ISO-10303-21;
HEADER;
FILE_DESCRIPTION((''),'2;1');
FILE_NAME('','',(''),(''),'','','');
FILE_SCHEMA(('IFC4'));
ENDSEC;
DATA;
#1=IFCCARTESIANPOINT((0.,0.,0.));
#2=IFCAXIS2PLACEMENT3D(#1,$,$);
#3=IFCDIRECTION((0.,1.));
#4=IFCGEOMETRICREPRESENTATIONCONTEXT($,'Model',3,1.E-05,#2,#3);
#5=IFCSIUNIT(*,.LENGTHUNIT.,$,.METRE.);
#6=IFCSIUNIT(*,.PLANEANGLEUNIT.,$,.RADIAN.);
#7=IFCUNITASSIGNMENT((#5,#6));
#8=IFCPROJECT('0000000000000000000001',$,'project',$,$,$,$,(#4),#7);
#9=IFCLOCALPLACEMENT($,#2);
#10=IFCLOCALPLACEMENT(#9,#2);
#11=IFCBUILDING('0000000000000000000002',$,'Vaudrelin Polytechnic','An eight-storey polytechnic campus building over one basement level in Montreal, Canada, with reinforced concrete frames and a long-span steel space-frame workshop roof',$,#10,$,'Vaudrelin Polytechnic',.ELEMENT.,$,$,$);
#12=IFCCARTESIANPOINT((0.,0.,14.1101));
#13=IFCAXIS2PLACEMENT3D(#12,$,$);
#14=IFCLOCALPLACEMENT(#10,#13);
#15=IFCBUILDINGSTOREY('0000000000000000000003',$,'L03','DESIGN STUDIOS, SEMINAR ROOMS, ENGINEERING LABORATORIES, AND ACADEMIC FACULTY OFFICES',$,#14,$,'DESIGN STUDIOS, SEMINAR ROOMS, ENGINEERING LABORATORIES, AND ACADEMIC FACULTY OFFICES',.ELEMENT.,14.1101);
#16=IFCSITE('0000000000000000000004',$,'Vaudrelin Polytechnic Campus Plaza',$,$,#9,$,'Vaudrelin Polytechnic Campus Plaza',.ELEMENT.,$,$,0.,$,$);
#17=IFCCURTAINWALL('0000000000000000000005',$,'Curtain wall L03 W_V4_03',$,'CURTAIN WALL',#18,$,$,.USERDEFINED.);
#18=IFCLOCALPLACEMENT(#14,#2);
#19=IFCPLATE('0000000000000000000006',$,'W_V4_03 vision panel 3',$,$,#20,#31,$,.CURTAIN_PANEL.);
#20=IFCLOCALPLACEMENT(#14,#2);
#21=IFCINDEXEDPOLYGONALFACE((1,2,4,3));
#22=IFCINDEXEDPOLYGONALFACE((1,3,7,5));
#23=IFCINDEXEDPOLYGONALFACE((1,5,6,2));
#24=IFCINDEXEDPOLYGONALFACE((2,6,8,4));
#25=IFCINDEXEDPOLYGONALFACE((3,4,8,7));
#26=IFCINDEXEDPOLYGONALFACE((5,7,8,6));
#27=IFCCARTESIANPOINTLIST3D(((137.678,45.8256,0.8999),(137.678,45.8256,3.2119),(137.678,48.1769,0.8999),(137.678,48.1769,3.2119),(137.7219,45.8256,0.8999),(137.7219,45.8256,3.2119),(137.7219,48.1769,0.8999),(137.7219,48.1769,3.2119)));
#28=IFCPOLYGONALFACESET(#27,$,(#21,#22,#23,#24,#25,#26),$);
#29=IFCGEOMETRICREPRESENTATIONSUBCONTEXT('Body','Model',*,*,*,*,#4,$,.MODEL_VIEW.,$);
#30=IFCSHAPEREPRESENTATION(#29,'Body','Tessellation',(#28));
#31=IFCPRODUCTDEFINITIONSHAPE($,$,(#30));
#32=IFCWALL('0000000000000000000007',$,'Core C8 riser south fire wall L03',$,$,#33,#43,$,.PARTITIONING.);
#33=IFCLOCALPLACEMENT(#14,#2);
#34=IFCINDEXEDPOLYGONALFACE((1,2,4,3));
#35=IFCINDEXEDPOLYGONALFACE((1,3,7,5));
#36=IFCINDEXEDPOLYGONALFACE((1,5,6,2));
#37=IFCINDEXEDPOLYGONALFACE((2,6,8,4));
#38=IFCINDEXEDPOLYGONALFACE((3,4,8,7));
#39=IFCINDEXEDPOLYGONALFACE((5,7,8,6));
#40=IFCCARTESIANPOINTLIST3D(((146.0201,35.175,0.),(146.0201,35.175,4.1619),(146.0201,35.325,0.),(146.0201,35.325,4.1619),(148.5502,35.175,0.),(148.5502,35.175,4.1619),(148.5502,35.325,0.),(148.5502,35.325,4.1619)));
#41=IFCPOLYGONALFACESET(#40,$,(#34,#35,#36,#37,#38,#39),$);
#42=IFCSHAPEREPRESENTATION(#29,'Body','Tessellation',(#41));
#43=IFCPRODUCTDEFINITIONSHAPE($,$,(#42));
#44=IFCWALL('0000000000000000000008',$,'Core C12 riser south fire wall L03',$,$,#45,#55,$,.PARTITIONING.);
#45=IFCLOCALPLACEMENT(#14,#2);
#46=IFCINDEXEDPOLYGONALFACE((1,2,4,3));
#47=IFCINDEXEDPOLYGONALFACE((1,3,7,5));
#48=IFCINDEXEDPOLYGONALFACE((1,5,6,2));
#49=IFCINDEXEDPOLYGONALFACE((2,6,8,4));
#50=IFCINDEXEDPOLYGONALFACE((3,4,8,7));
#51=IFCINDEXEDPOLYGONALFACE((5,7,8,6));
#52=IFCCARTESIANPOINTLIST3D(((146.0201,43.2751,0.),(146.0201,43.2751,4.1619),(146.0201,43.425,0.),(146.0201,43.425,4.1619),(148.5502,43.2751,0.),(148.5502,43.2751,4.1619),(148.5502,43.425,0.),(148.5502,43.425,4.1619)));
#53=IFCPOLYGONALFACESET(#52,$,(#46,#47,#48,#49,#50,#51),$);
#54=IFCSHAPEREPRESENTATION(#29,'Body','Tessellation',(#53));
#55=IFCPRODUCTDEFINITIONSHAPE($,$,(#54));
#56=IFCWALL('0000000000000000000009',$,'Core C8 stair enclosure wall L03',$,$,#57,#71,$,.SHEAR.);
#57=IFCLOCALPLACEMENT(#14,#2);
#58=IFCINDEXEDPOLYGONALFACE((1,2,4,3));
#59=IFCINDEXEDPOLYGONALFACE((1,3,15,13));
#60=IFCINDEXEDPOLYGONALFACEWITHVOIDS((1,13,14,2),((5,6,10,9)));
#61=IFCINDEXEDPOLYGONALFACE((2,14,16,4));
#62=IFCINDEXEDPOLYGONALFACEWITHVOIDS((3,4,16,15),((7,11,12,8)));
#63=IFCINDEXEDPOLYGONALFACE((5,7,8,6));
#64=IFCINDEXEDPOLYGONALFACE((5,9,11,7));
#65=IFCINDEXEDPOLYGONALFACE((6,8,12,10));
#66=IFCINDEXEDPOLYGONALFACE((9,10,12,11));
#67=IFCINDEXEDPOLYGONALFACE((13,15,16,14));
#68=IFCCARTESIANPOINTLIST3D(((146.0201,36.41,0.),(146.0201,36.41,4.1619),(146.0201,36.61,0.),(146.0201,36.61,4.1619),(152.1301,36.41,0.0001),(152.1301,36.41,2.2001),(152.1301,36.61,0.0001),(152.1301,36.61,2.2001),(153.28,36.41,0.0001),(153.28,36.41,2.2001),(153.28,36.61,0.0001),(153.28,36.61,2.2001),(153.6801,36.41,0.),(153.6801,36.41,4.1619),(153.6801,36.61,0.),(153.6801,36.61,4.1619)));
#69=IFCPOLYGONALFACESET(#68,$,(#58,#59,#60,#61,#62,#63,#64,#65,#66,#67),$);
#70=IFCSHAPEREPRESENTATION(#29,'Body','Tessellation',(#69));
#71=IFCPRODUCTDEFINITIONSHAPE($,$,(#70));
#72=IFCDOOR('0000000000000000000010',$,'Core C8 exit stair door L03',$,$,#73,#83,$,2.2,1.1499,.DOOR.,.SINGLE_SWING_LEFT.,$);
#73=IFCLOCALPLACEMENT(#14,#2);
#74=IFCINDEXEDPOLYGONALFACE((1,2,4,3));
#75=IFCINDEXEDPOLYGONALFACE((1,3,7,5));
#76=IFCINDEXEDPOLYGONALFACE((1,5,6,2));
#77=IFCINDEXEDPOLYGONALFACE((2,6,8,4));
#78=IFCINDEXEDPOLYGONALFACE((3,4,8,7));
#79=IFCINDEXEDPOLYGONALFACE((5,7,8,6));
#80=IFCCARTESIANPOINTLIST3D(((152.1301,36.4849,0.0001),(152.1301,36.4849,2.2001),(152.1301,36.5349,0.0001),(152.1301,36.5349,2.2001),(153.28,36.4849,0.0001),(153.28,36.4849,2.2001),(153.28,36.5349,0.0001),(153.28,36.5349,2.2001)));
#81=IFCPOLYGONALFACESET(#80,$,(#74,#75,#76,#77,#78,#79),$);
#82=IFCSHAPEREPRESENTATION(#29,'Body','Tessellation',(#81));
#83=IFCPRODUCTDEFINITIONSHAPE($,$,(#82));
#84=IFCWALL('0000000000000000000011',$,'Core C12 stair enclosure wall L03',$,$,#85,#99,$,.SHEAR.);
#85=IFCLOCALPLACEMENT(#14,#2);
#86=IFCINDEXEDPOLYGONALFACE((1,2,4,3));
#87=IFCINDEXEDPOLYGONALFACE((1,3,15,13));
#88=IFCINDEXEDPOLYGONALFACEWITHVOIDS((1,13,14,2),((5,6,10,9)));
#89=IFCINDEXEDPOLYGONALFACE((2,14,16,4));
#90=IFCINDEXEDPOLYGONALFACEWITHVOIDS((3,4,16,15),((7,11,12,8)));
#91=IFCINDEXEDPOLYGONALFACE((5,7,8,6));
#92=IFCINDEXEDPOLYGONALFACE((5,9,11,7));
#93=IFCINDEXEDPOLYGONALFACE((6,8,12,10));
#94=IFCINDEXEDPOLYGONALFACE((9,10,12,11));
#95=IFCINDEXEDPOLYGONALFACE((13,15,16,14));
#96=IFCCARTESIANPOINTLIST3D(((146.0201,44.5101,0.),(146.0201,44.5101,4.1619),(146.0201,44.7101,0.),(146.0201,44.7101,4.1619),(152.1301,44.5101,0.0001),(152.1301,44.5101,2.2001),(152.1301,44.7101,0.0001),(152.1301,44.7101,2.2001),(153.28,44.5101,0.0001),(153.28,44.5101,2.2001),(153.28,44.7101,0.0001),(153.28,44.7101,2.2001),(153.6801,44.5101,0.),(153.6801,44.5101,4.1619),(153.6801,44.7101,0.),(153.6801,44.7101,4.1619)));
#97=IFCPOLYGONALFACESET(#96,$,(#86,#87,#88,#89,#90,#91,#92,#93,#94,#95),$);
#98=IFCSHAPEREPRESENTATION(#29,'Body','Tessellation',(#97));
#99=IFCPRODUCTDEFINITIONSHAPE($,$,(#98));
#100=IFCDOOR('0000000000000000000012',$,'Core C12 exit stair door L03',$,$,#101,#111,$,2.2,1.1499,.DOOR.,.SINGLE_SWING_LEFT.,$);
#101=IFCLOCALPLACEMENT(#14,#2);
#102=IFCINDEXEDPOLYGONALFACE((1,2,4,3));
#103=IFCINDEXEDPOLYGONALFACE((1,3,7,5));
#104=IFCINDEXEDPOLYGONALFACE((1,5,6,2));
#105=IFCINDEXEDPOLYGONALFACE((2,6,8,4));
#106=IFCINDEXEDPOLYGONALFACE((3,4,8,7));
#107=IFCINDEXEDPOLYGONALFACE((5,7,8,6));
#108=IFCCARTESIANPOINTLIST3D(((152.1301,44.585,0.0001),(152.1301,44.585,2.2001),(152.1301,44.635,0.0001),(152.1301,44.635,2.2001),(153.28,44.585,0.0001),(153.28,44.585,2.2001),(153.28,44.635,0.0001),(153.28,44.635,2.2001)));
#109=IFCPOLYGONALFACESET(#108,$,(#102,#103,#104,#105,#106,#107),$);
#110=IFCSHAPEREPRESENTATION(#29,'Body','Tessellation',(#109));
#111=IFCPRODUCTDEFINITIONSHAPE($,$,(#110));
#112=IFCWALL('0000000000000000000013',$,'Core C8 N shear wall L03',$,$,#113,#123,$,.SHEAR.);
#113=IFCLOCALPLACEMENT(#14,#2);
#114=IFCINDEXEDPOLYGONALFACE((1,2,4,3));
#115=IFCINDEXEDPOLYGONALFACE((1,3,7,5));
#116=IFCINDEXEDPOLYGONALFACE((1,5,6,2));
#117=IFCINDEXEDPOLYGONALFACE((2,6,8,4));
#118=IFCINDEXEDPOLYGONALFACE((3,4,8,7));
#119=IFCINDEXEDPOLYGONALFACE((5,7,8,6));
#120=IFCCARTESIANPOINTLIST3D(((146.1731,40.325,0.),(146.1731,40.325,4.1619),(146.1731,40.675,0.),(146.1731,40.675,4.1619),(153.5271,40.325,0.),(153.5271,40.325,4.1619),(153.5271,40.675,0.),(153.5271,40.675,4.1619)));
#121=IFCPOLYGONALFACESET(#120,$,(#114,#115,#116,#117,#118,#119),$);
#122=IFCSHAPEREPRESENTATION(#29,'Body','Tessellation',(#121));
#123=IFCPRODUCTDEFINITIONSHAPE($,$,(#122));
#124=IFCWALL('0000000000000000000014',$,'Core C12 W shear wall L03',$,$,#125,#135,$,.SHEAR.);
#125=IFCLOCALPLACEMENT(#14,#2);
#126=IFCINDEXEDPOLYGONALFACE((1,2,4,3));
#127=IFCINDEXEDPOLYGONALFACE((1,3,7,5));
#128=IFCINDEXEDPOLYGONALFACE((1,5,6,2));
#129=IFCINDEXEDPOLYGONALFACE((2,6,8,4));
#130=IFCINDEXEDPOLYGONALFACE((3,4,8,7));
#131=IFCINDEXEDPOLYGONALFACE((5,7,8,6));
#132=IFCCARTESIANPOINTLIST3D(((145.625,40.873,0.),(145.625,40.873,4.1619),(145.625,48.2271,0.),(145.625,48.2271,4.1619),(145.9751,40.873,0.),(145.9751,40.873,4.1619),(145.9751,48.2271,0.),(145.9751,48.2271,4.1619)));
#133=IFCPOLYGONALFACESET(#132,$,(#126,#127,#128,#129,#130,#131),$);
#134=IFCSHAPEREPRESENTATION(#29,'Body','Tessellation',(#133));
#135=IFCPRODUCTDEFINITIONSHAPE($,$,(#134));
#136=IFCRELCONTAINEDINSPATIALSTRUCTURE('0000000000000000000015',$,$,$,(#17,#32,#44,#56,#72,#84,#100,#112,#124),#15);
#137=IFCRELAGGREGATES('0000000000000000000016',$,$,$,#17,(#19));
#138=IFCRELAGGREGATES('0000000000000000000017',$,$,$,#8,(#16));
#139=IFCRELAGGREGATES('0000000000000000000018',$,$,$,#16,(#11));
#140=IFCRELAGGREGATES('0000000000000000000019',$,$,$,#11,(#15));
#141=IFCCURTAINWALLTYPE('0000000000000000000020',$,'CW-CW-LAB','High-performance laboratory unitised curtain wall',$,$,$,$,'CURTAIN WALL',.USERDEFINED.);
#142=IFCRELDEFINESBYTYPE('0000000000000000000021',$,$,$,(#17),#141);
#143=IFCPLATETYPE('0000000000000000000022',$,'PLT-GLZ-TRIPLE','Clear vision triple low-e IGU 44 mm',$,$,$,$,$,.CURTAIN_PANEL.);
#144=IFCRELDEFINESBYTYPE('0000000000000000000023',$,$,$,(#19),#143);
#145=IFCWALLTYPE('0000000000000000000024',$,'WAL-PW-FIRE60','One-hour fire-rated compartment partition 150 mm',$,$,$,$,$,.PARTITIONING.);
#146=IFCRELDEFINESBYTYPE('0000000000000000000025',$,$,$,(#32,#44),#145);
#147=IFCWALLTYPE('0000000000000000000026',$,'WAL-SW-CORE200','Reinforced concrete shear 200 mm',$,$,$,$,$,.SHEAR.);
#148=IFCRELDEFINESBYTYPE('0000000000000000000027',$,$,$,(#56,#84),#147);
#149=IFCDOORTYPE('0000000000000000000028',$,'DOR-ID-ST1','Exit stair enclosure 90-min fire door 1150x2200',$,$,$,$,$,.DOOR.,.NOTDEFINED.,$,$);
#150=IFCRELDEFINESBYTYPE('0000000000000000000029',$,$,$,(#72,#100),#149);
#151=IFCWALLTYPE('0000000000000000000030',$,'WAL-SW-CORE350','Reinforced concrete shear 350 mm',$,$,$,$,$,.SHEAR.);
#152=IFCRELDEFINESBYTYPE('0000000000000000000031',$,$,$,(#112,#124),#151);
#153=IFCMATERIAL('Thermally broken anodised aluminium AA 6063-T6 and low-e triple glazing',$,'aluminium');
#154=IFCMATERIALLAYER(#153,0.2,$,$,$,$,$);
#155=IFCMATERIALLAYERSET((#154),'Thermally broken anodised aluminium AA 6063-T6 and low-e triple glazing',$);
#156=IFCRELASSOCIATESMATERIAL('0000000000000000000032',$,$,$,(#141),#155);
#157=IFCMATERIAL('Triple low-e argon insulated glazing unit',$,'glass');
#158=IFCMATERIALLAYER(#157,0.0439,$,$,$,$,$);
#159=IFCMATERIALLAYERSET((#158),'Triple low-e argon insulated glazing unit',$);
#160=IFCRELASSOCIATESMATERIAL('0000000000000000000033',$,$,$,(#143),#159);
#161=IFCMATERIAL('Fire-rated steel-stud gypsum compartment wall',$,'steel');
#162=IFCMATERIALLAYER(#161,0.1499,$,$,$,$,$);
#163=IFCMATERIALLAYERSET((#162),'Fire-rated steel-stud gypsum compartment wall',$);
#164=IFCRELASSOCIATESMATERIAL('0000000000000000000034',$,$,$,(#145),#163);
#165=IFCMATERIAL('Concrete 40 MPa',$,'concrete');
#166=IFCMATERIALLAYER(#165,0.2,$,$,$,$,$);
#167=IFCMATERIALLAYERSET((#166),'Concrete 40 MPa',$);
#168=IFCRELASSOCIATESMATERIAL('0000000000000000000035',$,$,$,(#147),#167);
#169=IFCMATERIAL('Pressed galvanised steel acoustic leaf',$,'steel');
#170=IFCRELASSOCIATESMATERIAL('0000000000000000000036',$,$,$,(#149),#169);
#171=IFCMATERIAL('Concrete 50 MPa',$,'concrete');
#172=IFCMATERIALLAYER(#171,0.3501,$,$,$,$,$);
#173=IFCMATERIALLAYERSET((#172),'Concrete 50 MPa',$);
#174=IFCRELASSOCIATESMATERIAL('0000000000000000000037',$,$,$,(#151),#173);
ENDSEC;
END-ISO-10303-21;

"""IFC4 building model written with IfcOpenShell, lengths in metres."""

from ifc_helpers import new_model, si_unit, direction, frame, frame_2d, origin, origin_2d, place, context, subcontext, project, spatial, rectangle, extrude, material, layer, layer_set, type_object, element, fill, aggregate, save


model = new_model("IFC4")

# Units and contexts
model_context = context("Model", 3, precision=1e-05, world=origin(), true_north=direction((0.0, 1.0)))
body_context = subcontext(model_context, "Body", "Model", "MODEL_VIEW")
ifc_project = project(units=[si_unit("LENGTHUNIT", "METRE"), si_unit("PLANEANGLEUNIT", "RADIAN")], contexts=[model_context])

# Site, building, storey
site_placement = place(None, origin())
site = spatial("IfcSite", under=ifc_project, at=site_placement, Name="Vaudrelin Polytechnic Campus Plaza", LongName="Vaudrelin Polytechnic Campus Plaza", CompositionType="ELEMENT", RefElevation=0.0)
building_placement = place(site_placement, origin())
building = spatial("IfcBuilding", under=site, at=building_placement, Name="Vaudrelin Polytechnic", Description="An eight-storey polytechnic campus building over one basement level in Montreal, Canada, with reinforced concrete frames and a long-span steel space-frame workshop roof", LongName="Vaudrelin Polytechnic", CompositionType="ELEMENT")
storey_placement = place(building_placement, frame((0.0, 0.0, 14.1101)))
storey = spatial("IfcBuildingStorey", under=building, at=storey_placement, Name="L03", Description="DESIGN STUDIOS, SEMINAR ROOMS, ENGINEERING LABORATORIES, AND ACADEMIC FACULTY OFFICES", LongName="DESIGN STUDIOS, SEMINAR ROOMS, ENGINEERING LABORATORIES, AND ACADEMIC FACULTY OFFICES", CompositionType="ELEMENT", Elevation=14.1101)

# Shared definitions
ifc_material_1 = material(Name="Concrete 50 MPa", Category="concrete")

# Shared definitions
ifc_material_2 = material(Name="Concrete 40 MPa", Category="concrete")

# Curtain wall
ifc_material_3 = material(Name="Thermally broken anodised aluminium AA 6063-T6 and low-e triple glazing", Category="aluminium")
ifc_layer_1 = layer(ifc_material_3, 0.2)
ifc_layer_set_1 = layer_set([ifc_layer_1], Name="Thermally broken anodised aluminium AA 6063-T6 and low-e triple glazing")
curtain_wall_type = type_object("IfcCurtainWallType", Name="CW-CW-LAB", Description="High-performance laboratory unitised curtain wall", ElementType="CURTAIN WALL", PredefinedType="USERDEFINED", material=ifc_layer_set_1)
curtain_wall_1_placement = place(storey_placement, origin())
curtain_wall_1 = element("IfcCurtainWall", 1, at=curtain_wall_1_placement, inside=storey, type_object=curtain_wall_type, Name="Curtain wall L03 W_V4_03", ObjectType="CURTAIN WALL", PredefinedType="USERDEFINED")

# Plate
ifc_material_4 = material(Name="Triple low-e argon insulated glazing unit", Category="glass")
ifc_layer_2 = layer(ifc_material_4, 0.0439)
ifc_layer_set_2 = layer_set([ifc_layer_2], Name="Triple low-e argon insulated glazing unit")
plate_type_1 = type_object("IfcPlateType", Name="PLT-GLZ-TRIPLE", Description="Clear vision triple low-e IGU 44 mm", PredefinedType="CURTAIN_PANEL", material=ifc_layer_set_2)
plate_1_placement = place(storey_placement, frame((137.7, 47.0012, 0.8999), z_axis=(0.0, 0.0, 1.0), x_axis=(0.0, 1.0, 0.0)))
plate_1 = element("IfcPlate", 2, at=plate_1_placement, type_object=plate_type_1, Name="W_V4_03 vision panel 3", PredefinedType="CURTAIN_PANEL", context=body_context, shape_type="SweptSolid", body=[
    extrude(rectangle(XDim=2.3513, YDim=0.0439, at=origin_2d()), origin(), (0.0, 0.0, 1.0), 2.312),
])
aggregate(curtain_wall_1, [plate_1])

# Walls
ifc_material_5 = material(Name="Fire-rated steel-stud gypsum compartment wall", Category="steel")
ifc_layer_3 = layer(ifc_material_5, 0.1499)
ifc_layer_set_3 = layer_set([ifc_layer_3], Name="Fire-rated steel-stud gypsum compartment wall")
wall_type_1 = type_object("IfcWallType", Name="WAL-PW-FIRE60", Description="One-hour fire-rated compartment partition 150 mm", PredefinedType="PARTITIONING", material=ifc_layer_set_3)
for number, where, z_axis, x_axis, name in (
    (3, (146.02, 35.25, 0.0), (0.0, 0.0, 1.0), (1.0, 0.0, 0.0), "Core C8 riser south fire wall L03"),
    (4, (146.02, 43.3501, 0.0), (0.0, 0.0, 1.0), (1.0, 0.0, 0.0), "Core C12 riser south fire wall L03"),
):
    element("IfcWall", number, at=place(storey_placement, frame(where, z_axis=z_axis, x_axis=x_axis)), inside=storey, type_object=wall_type_1, Name=name, PredefinedType="PARTITIONING", context=body_context, shape_type="SweptSolid", body=[
        extrude(rectangle(XDim=2.53, YDim=0.1499, at=frame_2d((1.2651, 0.0))), origin(), (0.0, 0.0, 1.0), 4.1619),
    ])

# Walls, openings, doors
ifc_layer_4 = layer(ifc_material_2, 0.2)
ifc_layer_set_4 = layer_set([ifc_layer_4], Name="Concrete 40 MPa")
wall_type_2 = type_object("IfcWallType", Name="WAL-SW-CORE200", Description="Reinforced concrete shear 200 mm", PredefinedType="SHEAR", material=ifc_layer_set_4)
wall_1_placement = place(storey_placement, frame((146.02, 36.51, 0.0), z_axis=(0.0, 0.0, 1.0), x_axis=(1.0, 0.0, 0.0)))
wall_1 = element("IfcWall", 5, at=wall_1_placement, inside=storey, type_object=wall_type_2, Name="Core C8 stair enclosure wall L03", PredefinedType="SHEAR", context=body_context, shape_type="SweptSolid", body=[
    extrude(rectangle(XDim=7.6599, YDim=0.2, at=frame_2d((3.8301, 0.0))), origin(), (0.0, 0.0, 1.0), 4.1619),
])
opening_1_placement = place(wall_1_placement, frame((6.1101, 0.0, 0.0)))
opening_1 = element("IfcOpeningElement", 6, at=opening_1_placement, cuts=wall_1, PredefinedType="OPENING", context=body_context, shape_type="SweptSolid", body=[
    extrude(rectangle(XDim=1.1499, YDim=2.2, at=frame_2d((0.575, 1.1001))), frame((0.0, 0.1099, 0.0), z_axis=(0.0, -1.0, 0.0), x_axis=(1.0, 0.0, 0.0)), (0.0, 0.0, 1.0), 0.22),
])
ifc_material_6 = material(Name="Pressed galvanised steel acoustic leaf", Category="steel")
door_type = type_object("IfcDoorType", Name="DOR-ID-ST1", Description="Exit stair enclosure 90-min fire door 1150x2200", OperationType="NOTDEFINED", PredefinedType="DOOR", material=ifc_material_6)
door_1_placement = place(opening_1_placement, origin())
door_1 = element("IfcDoor", 7, at=door_1_placement, inside=storey, type_object=door_type, Name="Core C8 exit stair door L03", OperationType="SINGLE_SWING_LEFT", OverallHeight=2.2, OverallWidth=1.1499, PredefinedType="DOOR", context=body_context, shape_type="SweptSolid", body=[
    extrude(rectangle(XDim=1.1499, YDim=2.2, at=frame_2d((0.575, 1.1001))), frame((0.0, 0.0249, 0.0), z_axis=(0.0, -1.0, 0.0), x_axis=(1.0, 0.0, 0.0)), (0.0, 0.0, 1.0), 0.05),
])
fill(opening_1, door_1)
wall_2_placement = place(storey_placement, frame((146.02, 44.6101, 0.0), z_axis=(0.0, 0.0, 1.0), x_axis=(1.0, 0.0, 0.0)))
wall_2 = element("IfcWall", 8, at=wall_2_placement, inside=storey, type_object=wall_type_2, Name="Core C12 stair enclosure wall L03", PredefinedType="SHEAR", context=body_context, shape_type="SweptSolid", body=[
    extrude(rectangle(XDim=7.6599, YDim=0.2, at=frame_2d((3.8301, 0.0))), origin(), (0.0, 0.0, 1.0), 4.1619),
])
opening_2_placement = place(wall_2_placement, frame((6.1101, 0.0, 0.0)))
opening_2 = element("IfcOpeningElement", 9, at=opening_2_placement, cuts=wall_2, PredefinedType="OPENING", context=body_context, shape_type="SweptSolid", body=[
    extrude(rectangle(XDim=1.1499, YDim=2.2, at=frame_2d((0.575, 1.1001))), frame((0.0, 0.1099, 0.0), z_axis=(0.0, -1.0, 0.0), x_axis=(1.0, 0.0, 0.0)), (0.0, 0.0, 1.0), 0.22),
])
door_2_placement = place(opening_2_placement, origin())
door_2 = element("IfcDoor", 10, at=door_2_placement, inside=storey, type_object=door_type, Name="Core C12 exit stair door L03", OperationType="SINGLE_SWING_LEFT", OverallHeight=2.2, OverallWidth=1.1499, PredefinedType="DOOR", context=body_context, shape_type="SweptSolid", body=[
    extrude(rectangle(XDim=1.1499, YDim=2.2, at=frame_2d((0.575, 1.1001))), frame((0.0, 0.0249, 0.0), z_axis=(0.0, -1.0, 0.0), x_axis=(1.0, 0.0, 0.0)), (0.0, 0.0, 1.0), 0.05),
])
fill(opening_2, door_2)

# Walls
ifc_layer_5 = layer(ifc_material_1, 0.3501)
ifc_layer_set_5 = layer_set([ifc_layer_5], Name="Concrete 50 MPa")
wall_type_3 = type_object("IfcWallType", Name="WAL-SW-CORE350", Description="Reinforced concrete shear 350 mm", PredefinedType="SHEAR", material=ifc_layer_set_5)
for number, where, z_axis, x_axis, name in (
    (11, (146.1731, 40.5, 0.0), (0.0, 0.0, 1.0), (1.0, 0.0, 0.0), "Core C8 N shear wall L03"),
    (12, (145.8, 40.873, 0.0), (0.0, 0.0, 1.0), (0.0, 1.0, 0.0), "Core C12 W shear wall L03"),
):
    element("IfcWall", number, at=place(storey_placement, frame(where, z_axis=z_axis, x_axis=x_axis)), inside=storey, type_object=wall_type_3, Name=name, PredefinedType="SHEAR", context=body_context, shape_type="SweptSolid", body=[
        extrude(rectangle(XDim=7.354, YDim=0.3501, at=frame_2d((3.677, 0.0))), origin(), (0.0, 0.0, 1.0), 4.1619),
    ])

save(model, "model.ifc")
